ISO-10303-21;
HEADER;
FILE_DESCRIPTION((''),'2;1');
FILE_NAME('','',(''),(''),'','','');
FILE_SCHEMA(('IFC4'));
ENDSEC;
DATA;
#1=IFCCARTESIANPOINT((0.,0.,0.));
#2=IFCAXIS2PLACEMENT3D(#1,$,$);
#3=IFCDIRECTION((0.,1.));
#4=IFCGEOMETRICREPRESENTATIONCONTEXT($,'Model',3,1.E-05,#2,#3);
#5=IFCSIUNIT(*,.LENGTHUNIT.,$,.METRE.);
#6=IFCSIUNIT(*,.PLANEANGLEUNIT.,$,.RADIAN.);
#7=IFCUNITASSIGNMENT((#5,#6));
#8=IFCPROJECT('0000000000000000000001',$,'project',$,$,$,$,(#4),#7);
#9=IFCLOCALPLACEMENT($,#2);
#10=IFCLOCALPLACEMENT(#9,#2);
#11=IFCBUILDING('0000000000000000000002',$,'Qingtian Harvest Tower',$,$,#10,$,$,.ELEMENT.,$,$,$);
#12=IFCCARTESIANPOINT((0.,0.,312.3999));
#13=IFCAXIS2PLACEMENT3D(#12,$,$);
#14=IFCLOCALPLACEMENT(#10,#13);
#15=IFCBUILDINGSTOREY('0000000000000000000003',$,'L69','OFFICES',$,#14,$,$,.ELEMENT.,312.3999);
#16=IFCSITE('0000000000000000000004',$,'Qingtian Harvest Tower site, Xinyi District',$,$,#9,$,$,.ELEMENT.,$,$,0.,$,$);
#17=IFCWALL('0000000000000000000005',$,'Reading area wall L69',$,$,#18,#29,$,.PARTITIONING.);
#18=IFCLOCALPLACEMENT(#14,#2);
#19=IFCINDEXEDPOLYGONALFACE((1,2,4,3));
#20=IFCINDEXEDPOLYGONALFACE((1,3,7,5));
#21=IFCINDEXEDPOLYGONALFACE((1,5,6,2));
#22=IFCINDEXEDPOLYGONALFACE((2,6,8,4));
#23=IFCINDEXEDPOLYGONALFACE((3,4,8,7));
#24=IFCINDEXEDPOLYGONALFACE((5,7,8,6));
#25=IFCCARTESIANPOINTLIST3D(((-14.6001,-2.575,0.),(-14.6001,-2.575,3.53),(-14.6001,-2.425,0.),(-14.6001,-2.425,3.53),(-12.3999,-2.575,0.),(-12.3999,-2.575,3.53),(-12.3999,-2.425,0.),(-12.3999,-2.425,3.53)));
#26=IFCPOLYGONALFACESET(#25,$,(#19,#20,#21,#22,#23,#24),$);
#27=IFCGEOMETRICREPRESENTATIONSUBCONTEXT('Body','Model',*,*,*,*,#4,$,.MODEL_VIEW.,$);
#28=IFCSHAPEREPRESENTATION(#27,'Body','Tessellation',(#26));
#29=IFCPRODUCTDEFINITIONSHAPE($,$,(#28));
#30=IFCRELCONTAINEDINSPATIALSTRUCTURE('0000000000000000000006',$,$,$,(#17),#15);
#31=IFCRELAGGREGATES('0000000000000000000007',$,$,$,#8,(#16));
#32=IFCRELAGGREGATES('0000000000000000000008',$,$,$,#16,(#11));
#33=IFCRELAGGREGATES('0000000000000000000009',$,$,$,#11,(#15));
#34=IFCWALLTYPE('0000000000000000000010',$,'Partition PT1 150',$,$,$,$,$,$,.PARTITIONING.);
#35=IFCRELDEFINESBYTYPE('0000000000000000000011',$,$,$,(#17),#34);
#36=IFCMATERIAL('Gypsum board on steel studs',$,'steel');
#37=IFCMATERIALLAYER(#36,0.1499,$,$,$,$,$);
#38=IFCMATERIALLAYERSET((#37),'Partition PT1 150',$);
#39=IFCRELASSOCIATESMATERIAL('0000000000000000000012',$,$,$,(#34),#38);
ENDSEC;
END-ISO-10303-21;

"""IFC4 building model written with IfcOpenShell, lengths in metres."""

from ifc_helpers import new_model, si_unit, direction, frame, frame_2d, origin, place, context, subcontext, project, spatial, rectangle, extrude, material, layer, layer_set, type_object, element, save


model = new_model("IFC4")

# Units and contexts
model_context = context("Model", 3, precision=1e-05, world=origin(), true_north=direction((0.0, 1.0)))
body_context = subcontext(model_context, "Body", "Model", "MODEL_VIEW")
ifc_project = project(units=[si_unit("LENGTHUNIT", "METRE"), si_unit("PLANEANGLEUNIT", "RADIAN")], contexts=[model_context])

# Site, building, storey
site_placement = place(None, origin())
site = spatial("IfcSite", under=ifc_project, at=site_placement, Name="Qingtian Harvest Tower site, Xinyi District", CompositionType="ELEMENT", RefElevation=0.0)
building_placement = place(site_placement, origin())
building = spatial("IfcBuilding", under=site, at=building_placement, Name="Qingtian Harvest Tower", CompositionType="ELEMENT")
storey_placement = place(building_placement, frame((0.0, 0.0, 312.3999)))
storey = spatial("IfcBuildingStorey", under=building, at=storey_placement, Name="L69", Description="OFFICES", CompositionType="ELEMENT", Elevation=312.3999)

# Shared definitions
ifc_material_1 = material(Name="Gypsum board on steel studs", Category="steel")
ifc_layer_1 = layer(ifc_material_1, 0.1499)
ifc_layer_set_1 = layer_set([ifc_layer_1], Name="Partition PT1 150")
wall_type_1 = type_object("IfcWallType", Name="Partition PT1 150", PredefinedType="PARTITIONING", material=ifc_layer_set_1)

# Wall
wall_1_placement = place(storey_placement, frame((-12.3999, -2.5, 0.0), z_axis=(0.0, 0.0, 1.0), x_axis=(-1.0, 0.0, 0.0)))
element("IfcWall", 1, at=wall_1_placement, inside=storey, type_object=wall_type_1, Name="Reading area wall L69", PredefinedType="PARTITIONING", context=body_context, shape_type="SweptSolid", body=[
    extrude(rectangle(XDim=2.2002, YDim=0.1499, at=frame_2d((1.1001, 0.0))), origin(), (0.0, 0.0, 1.0), 3.53),
])

save(model, "model.ifc")
